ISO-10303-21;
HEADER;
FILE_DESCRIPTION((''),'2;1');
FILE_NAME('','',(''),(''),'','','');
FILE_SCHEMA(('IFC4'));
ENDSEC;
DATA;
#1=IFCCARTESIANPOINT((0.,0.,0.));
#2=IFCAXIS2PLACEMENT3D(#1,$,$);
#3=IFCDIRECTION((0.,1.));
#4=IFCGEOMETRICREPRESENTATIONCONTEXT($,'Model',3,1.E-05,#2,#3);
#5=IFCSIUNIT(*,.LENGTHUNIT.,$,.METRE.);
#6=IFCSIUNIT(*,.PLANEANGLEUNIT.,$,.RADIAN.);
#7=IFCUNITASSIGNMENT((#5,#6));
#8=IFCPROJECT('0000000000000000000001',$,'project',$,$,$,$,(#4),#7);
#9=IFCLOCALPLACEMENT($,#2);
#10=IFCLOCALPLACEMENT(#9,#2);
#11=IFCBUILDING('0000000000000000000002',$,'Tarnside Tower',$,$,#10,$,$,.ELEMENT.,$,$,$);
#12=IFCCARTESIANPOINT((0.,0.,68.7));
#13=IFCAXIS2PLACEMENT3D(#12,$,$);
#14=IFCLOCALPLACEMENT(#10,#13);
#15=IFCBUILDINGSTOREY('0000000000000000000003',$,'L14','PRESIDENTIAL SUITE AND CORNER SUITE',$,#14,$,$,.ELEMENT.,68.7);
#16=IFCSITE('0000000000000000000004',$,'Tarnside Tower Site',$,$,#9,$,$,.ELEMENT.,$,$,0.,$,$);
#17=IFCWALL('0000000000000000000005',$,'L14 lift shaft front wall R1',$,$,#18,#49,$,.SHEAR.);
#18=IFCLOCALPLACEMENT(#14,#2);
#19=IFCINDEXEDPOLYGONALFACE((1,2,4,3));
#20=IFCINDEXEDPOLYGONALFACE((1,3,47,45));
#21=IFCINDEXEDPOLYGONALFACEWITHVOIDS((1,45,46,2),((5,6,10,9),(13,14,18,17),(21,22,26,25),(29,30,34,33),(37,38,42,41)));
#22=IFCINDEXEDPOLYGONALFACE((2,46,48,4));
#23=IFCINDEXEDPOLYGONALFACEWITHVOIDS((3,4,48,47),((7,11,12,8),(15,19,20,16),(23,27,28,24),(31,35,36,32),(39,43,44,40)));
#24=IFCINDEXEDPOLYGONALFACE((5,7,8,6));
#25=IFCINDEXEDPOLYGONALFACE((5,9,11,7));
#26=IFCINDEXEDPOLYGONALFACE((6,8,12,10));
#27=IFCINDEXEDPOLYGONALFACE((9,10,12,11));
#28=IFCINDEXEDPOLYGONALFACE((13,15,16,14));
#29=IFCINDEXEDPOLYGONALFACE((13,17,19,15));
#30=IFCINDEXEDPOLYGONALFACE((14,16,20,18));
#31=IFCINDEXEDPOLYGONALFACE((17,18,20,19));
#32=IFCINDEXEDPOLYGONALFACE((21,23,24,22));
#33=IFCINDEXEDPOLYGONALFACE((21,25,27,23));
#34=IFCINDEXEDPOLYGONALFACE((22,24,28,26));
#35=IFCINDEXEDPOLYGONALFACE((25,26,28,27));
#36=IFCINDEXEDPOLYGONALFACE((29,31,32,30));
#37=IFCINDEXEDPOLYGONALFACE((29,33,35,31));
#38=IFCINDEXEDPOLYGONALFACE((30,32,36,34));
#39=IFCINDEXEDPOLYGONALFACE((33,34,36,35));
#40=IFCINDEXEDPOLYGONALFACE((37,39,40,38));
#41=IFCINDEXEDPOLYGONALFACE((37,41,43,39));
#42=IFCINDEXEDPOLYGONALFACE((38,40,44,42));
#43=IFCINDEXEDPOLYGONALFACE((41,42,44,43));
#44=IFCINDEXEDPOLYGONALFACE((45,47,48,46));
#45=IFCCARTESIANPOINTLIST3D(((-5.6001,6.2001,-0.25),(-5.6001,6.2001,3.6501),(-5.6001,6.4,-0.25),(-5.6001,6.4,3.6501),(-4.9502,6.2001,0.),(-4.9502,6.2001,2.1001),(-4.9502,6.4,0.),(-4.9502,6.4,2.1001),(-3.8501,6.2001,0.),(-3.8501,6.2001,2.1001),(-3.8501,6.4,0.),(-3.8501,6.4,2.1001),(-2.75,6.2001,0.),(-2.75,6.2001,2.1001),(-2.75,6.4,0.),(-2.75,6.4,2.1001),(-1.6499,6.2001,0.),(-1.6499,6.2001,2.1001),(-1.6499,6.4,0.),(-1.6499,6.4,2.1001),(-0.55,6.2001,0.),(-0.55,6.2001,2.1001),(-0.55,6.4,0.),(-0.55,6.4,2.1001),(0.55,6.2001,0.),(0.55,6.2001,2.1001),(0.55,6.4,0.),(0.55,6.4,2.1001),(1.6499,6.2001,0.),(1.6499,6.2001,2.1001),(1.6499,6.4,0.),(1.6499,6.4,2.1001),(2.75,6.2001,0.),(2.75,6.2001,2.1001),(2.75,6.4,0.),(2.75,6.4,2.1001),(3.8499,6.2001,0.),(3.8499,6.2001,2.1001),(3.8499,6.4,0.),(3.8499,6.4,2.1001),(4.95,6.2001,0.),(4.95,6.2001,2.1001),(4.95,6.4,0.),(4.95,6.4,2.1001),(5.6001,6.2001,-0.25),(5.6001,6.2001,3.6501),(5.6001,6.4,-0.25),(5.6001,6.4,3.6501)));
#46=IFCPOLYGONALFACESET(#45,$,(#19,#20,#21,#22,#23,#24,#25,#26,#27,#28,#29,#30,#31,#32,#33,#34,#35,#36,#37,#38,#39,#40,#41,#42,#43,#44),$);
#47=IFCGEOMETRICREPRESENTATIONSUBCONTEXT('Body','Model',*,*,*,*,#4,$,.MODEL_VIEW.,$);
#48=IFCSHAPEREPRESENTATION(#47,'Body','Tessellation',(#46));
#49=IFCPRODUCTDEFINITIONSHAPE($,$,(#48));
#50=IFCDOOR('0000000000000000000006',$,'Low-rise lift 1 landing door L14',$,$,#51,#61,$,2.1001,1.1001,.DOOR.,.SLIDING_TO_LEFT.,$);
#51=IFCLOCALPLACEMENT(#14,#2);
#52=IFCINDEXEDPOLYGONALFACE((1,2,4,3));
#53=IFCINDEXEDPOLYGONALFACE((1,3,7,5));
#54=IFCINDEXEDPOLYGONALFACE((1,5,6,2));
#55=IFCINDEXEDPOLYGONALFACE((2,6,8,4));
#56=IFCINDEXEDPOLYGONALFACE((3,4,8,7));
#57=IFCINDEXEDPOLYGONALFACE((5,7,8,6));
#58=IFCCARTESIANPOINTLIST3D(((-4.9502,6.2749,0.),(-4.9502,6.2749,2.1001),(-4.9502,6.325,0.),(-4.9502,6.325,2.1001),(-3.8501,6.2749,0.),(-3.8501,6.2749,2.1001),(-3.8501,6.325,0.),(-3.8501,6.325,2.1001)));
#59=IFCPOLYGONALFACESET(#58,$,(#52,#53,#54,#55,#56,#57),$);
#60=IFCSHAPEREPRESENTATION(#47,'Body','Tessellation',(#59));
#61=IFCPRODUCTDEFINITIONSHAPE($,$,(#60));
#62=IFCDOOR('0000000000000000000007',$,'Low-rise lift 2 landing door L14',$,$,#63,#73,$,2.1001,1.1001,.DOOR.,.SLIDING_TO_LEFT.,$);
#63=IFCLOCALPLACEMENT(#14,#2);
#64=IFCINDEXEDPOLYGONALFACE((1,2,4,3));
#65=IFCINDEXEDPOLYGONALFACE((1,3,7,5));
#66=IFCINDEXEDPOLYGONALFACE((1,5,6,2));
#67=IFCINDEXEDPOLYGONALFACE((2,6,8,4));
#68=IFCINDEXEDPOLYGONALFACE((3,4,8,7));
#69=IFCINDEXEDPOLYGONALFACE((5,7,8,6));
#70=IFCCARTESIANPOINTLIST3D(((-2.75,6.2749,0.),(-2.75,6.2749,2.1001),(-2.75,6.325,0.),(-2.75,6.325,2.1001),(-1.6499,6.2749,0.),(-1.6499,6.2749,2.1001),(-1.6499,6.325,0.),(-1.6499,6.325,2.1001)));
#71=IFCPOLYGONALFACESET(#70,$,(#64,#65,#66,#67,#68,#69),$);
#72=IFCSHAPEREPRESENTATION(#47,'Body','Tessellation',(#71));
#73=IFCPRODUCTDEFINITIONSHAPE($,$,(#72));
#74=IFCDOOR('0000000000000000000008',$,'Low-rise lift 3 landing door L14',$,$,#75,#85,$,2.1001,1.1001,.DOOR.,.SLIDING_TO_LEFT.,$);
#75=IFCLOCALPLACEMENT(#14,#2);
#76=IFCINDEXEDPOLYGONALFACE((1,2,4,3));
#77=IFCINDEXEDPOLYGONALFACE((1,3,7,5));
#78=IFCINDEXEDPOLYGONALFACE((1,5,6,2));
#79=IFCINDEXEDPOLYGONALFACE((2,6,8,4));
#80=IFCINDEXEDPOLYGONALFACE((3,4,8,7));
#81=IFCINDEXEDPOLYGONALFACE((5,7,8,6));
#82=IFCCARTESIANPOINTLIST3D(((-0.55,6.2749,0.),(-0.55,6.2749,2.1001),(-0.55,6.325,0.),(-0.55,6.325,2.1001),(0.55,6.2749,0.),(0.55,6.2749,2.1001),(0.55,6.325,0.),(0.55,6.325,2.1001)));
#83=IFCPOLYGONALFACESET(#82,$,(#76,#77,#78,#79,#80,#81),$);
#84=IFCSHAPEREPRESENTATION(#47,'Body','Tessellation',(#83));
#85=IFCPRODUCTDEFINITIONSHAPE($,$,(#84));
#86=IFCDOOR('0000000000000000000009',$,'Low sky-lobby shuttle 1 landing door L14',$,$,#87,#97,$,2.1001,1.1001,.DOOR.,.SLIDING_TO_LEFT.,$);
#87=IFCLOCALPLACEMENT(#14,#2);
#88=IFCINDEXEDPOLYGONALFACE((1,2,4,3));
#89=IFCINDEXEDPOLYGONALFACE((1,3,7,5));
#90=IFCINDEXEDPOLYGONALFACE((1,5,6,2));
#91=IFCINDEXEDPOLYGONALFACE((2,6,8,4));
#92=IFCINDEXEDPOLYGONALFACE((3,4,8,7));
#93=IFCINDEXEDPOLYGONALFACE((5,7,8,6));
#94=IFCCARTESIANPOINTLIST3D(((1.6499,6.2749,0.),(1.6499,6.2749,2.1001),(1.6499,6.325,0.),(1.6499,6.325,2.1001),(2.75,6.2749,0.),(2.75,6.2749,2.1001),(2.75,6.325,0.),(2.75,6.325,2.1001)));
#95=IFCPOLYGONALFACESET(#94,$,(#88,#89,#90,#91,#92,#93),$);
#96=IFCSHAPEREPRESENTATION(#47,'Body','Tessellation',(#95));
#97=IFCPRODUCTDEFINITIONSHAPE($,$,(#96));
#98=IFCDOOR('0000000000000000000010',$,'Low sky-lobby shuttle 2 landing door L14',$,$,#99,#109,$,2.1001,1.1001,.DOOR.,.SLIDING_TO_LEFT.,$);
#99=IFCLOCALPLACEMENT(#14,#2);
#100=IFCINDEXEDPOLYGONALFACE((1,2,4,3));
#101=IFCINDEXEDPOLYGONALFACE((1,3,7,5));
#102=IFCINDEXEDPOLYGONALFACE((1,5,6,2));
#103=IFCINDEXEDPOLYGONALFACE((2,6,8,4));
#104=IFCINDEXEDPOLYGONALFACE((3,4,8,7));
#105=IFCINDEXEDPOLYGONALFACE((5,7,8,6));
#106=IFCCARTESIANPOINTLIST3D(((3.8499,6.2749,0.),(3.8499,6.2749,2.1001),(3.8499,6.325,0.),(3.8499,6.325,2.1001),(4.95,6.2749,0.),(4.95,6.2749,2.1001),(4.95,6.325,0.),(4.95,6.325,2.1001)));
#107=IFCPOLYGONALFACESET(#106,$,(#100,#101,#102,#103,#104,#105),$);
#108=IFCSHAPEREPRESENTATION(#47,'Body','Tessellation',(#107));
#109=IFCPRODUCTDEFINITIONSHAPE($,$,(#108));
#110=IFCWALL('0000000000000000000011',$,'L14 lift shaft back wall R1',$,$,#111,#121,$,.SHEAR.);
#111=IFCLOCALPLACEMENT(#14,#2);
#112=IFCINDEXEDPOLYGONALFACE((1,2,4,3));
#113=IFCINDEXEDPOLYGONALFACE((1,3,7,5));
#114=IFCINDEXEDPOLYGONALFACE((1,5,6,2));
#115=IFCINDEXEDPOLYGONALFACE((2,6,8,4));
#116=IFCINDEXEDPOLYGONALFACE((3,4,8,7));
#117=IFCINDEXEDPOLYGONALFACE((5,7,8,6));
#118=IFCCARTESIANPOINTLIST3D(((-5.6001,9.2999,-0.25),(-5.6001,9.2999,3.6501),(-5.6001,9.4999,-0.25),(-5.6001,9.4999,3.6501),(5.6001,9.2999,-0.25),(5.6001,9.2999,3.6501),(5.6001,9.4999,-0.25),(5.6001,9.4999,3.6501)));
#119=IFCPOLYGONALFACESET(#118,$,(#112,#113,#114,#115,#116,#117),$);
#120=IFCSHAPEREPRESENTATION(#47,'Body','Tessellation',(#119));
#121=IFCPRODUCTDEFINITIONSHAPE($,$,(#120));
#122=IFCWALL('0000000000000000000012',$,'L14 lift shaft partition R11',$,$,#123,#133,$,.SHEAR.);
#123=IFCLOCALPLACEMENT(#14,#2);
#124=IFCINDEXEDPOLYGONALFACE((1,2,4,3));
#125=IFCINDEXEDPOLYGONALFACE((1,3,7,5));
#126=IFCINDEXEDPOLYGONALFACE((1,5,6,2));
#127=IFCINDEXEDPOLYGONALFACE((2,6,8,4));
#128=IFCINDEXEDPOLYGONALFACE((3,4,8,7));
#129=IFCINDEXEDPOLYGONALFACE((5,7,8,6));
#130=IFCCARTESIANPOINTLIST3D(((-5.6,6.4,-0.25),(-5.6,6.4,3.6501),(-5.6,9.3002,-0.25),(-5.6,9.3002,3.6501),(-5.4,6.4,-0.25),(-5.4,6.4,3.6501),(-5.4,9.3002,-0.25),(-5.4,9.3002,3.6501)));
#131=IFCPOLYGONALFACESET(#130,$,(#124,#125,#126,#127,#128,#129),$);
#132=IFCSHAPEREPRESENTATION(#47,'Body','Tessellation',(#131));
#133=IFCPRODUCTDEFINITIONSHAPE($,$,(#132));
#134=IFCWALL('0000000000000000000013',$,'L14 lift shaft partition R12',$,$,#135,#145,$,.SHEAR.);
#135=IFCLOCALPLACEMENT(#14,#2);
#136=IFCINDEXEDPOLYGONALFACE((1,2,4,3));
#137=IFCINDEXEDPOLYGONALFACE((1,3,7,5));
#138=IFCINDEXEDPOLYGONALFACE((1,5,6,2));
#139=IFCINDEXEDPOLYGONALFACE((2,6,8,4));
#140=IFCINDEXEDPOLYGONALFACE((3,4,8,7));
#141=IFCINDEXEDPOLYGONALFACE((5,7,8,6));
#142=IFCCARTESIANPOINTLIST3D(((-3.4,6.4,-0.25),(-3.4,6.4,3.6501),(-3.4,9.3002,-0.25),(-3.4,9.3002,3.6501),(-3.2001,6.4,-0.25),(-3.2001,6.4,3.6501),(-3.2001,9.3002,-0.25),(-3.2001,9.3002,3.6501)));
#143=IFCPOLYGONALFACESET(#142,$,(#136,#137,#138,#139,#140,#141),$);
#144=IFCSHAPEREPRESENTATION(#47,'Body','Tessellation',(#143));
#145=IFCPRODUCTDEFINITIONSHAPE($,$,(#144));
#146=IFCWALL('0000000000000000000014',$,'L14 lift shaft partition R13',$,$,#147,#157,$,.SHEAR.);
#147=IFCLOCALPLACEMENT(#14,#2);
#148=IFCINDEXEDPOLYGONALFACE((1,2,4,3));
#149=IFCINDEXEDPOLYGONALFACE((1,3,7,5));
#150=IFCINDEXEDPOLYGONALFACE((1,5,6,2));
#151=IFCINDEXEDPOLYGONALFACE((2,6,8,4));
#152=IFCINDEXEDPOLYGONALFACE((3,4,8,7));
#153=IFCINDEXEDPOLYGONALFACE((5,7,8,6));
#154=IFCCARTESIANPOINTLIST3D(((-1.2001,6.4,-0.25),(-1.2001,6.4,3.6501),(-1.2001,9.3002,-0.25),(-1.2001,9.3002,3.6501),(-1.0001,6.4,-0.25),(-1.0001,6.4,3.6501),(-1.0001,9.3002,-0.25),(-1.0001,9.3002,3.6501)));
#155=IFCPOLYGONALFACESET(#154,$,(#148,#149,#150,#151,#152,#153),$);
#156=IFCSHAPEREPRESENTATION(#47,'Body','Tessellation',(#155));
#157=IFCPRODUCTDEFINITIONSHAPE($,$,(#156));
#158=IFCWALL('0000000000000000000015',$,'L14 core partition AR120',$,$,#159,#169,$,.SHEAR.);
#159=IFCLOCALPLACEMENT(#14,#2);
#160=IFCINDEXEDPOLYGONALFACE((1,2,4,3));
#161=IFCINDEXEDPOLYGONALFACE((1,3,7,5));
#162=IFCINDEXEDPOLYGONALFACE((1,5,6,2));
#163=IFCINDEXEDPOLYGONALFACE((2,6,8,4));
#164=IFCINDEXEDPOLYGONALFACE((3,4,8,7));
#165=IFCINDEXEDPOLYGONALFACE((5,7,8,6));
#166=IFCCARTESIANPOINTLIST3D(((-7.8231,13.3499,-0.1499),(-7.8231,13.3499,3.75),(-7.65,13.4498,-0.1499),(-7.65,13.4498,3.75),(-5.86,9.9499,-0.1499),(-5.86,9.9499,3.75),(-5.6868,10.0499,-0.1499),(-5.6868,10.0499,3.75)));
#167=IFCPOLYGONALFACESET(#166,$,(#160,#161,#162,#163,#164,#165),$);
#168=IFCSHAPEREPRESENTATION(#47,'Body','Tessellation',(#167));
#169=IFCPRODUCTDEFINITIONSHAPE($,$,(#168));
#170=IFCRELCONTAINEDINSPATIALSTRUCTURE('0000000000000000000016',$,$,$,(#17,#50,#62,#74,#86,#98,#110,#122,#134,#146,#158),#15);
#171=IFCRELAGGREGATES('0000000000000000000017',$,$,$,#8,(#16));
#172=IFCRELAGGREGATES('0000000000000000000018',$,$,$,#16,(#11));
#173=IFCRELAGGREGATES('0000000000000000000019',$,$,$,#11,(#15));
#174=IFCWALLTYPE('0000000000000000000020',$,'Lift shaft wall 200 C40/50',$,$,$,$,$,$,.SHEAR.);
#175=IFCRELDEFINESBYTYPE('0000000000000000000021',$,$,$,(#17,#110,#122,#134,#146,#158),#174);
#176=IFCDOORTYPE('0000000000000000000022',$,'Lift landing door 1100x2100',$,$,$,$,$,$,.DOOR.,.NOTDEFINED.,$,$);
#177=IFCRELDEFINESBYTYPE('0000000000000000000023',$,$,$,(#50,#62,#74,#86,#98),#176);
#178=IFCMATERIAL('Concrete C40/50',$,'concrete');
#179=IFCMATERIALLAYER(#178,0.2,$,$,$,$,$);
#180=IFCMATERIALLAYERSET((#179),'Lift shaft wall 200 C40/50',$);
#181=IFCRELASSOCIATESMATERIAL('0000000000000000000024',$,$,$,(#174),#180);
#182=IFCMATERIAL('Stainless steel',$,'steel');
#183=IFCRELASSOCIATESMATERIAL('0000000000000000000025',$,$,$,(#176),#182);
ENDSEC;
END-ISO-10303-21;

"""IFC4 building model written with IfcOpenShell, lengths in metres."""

from ifc_helpers import new_model, si_unit, direction, frame, frame_2d, origin, place, context, subcontext, project, spatial, rectangle, extrude, material, layer, layer_set, type_object, element, fill, save


model = new_model("IFC4")

# Units and contexts
model_context = context("Model", 3, precision=1e-05, world=origin(), true_north=direction((0.0, 1.0)))
body_context = subcontext(model_context, "Body", "Model", "MODEL_VIEW")
ifc_project = project(units=[si_unit("LENGTHUNIT", "METRE"), si_unit("PLANEANGLEUNIT", "RADIAN")], contexts=[model_context])

# Site, building, storey
site_placement = place(None, origin())
site = spatial("IfcSite", under=ifc_project, at=site_placement, Name="Tarnside Tower Site", CompositionType="ELEMENT", RefElevation=0.0)
building_placement = place(site_placement, origin())
building = spatial("IfcBuilding", under=site, at=building_placement, Name="Tarnside Tower", CompositionType="ELEMENT")
storey_placement = place(building_placement, frame((0.0, 0.0, 68.7)))
storey = spatial("IfcBuildingStorey", under=building, at=storey_placement, Name="L14", Description="PRESIDENTIAL SUITE AND CORNER SUITE", CompositionType="ELEMENT", Elevation=68.7)

# Shared definitions
ifc_material_1 = material(Name="Concrete C40/50", Category="concrete")

# Wall, openings, doors
ifc_layer_1 = layer(ifc_material_1, 0.2)
ifc_layer_set_1 = layer_set([ifc_layer_1], Name="Lift shaft wall 200 C40/50")
wall_type_1 = type_object("IfcWallType", Name="Lift shaft wall 200 C40/50", PredefinedType="SHEAR", material=ifc_layer_set_1)
wall_1_placement = place(storey_placement, frame((-5.6001, 6.3, -0.25), z_axis=(0.0, 0.0, 1.0), x_axis=(1.0, 0.0, 0.0)))
wall_1 = element("IfcWall", 1, at=wall_1_placement, inside=storey, type_object=wall_type_1, Name="L14 lift shaft front wall R1", PredefinedType="SHEAR", context=body_context, shape_type="SweptSolid", body=[
    extrude(rectangle(XDim=11.2002, YDim=0.2, at=frame_2d((5.6001, 0.0))), origin(), (0.0, 0.0, 1.0), 3.9001),
])
opening_1_placement = place(wall_1_placement, frame((0.6499, 0.0, 0.25)))
opening_1 = element("IfcOpeningElement", 2, at=opening_1_placement, cuts=wall_1, PredefinedType="OPENING", context=body_context, shape_type="SweptSolid", body=[
    extrude(rectangle(XDim=1.1001, YDim=2.1001, at=frame_2d((0.55, 1.05))), frame((0.0, 0.1099, 0.0), z_axis=(0.0, -1.0, 0.0), x_axis=(1.0, 0.0, 0.0)), (0.0, 0.0, 1.0), 0.22),
])
opening_2_placement = place(wall_1_placement, frame((2.8501, 0.0, 0.25)))
opening_2 = element("IfcOpeningElement", 3, at=opening_2_placement, cuts=wall_1, PredefinedType="OPENING", context=body_context, shape_type="SweptSolid", body=[
    extrude(rectangle(XDim=1.1001, YDim=2.1001, at=frame_2d((0.55, 1.05))), frame((0.0, 0.1099, 0.0), z_axis=(0.0, -1.0, 0.0), x_axis=(1.0, 0.0, 0.0)), (0.0, 0.0, 1.0), 0.22),
])
opening_3_placement = place(wall_1_placement, frame((5.05, 0.0, 0.25)))
opening_3 = element("IfcOpeningElement", 4, at=opening_3_placement, cuts=wall_1, PredefinedType="OPENING", context=body_context, shape_type="SweptSolid", body=[
    extrude(rectangle(XDim=1.1001, YDim=2.1001, at=frame_2d((0.55, 1.05))), frame((0.0, 0.1099, 0.0), z_axis=(0.0, -1.0, 0.0), x_axis=(1.0, 0.0, 0.0)), (0.0, 0.0, 1.0), 0.22),
])
opening_4_placement = place(wall_1_placement, frame((7.25, 0.0, 0.25)))
opening_4 = element("IfcOpeningElement", 5, at=opening_4_placement, cuts=wall_1, PredefinedType="OPENING", context=body_context, shape_type="SweptSolid", body=[
    extrude(rectangle(XDim=1.1001, YDim=2.1001, at=frame_2d((0.55, 1.05))), frame((0.0, 0.1099, 0.0), z_axis=(0.0, -1.0, 0.0), x_axis=(1.0, 0.0, 0.0)), (0.0, 0.0, 1.0), 0.22),
])
opening_5_placement = place(wall_1_placement, frame((9.45, 0.0, 0.25)))
opening_5 = element("IfcOpeningElement", 6, at=opening_5_placement, cuts=wall_1, PredefinedType="OPENING", context=body_context, shape_type="SweptSolid", body=[
    extrude(rectangle(XDim=1.1001, YDim=2.1001, at=frame_2d((0.55, 1.05))), frame((0.0, 0.1099, 0.0), z_axis=(0.0, -1.0, 0.0), x_axis=(1.0, 0.0, 0.0)), (0.0, 0.0, 1.0), 0.22),
])
ifc_material_2 = material(Name="Stainless steel", Category="steel")
door_type_1 = type_object("IfcDoorType", Name="Lift landing door 1100x2100", OperationType="NOTDEFINED", PredefinedType="DOOR", material=ifc_material_2)
door_1_placement = place(opening_1_placement, origin())
door_1 = element("IfcDoor", 7, at=door_1_placement, inside=storey, type_object=door_type_1, Name="Low-rise lift 1 landing door L14", OperationType="SLIDING_TO_LEFT", OverallHeight=2.1001, OverallWidth=1.1001, PredefinedType="DOOR", context=body_context, shape_type="SweptSolid", body=[
    extrude(rectangle(XDim=1.1001, YDim=2.1001, at=frame_2d((0.55, 1.05))), frame((0.0, 0.0249, 0.0), z_axis=(0.0, -1.0, 0.0), x_axis=(1.0, 0.0, 0.0)), (0.0, 0.0, 1.0), 0.05),
])
fill(opening_1, door_1)
door_2_placement = place(opening_2_placement, origin())
door_2 = element("IfcDoor", 8, at=door_2_placement, inside=storey, type_object=door_type_1, Name="Low-rise lift 2 landing door L14", OperationType="SLIDING_TO_LEFT", OverallHeight=2.1001, OverallWidth=1.1001, PredefinedType="DOOR", context=body_context, shape_type="SweptSolid", body=[
    extrude(rectangle(XDim=1.1001, YDim=2.1001, at=frame_2d((0.55, 1.05))), frame((0.0, 0.0249, 0.0), z_axis=(0.0, -1.0, 0.0), x_axis=(1.0, 0.0, 0.0)), (0.0, 0.0, 1.0), 0.05),
])
fill(opening_2, door_2)
door_3_placement = place(opening_3_placement, origin())
door_3 = element("IfcDoor", 9, at=door_3_placement, inside=storey, type_object=door_type_1, Name="Low-rise lift 3 landing door L14", OperationType="SLIDING_TO_LEFT", OverallHeight=2.1001, OverallWidth=1.1001, PredefinedType="DOOR", context=body_context, shape_type="SweptSolid", body=[
    extrude(rectangle(XDim=1.1001, YDim=2.1001, at=frame_2d((0.55, 1.05))), frame((0.0, 0.0249, 0.0), z_axis=(0.0, -1.0, 0.0), x_axis=(1.0, 0.0, 0.0)), (0.0, 0.0, 1.0), 0.05),
])
fill(opening_3, door_3)
door_4_placement = place(opening_4_placement, origin())
door_4 = element("IfcDoor", 10, at=door_4_placement, inside=storey, type_object=door_type_1, Name="Low sky-lobby shuttle 1 landing door L14", OperationType="SLIDING_TO_LEFT", OverallHeight=2.1001, OverallWidth=1.1001, PredefinedType="DOOR", context=body_context, shape_type="SweptSolid", body=[
    extrude(rectangle(XDim=1.1001, YDim=2.1001, at=frame_2d((0.55, 1.05))), frame((0.0, 0.0249, 0.0), z_axis=(0.0, -1.0, 0.0), x_axis=(1.0, 0.0, 0.0)), (0.0, 0.0, 1.0), 0.05),
])
fill(opening_4, door_4)
door_5_placement = place(opening_5_placement, origin())
door_5 = element("IfcDoor", 11, at=door_5_placement, inside=storey, type_object=door_type_1, Name="Low sky-lobby shuttle 2 landing door L14", OperationType="SLIDING_TO_LEFT", OverallHeight=2.1001, OverallWidth=1.1001, PredefinedType="DOOR", context=body_context, shape_type="SweptSolid", body=[
    extrude(rectangle(XDim=1.1001, YDim=2.1001, at=frame_2d((0.55, 1.05))), frame((0.0, 0.0249, 0.0), z_axis=(0.0, -1.0, 0.0), x_axis=(1.0, 0.0, 0.0)), (0.0, 0.0, 1.0), 0.05),
])
fill(opening_5, door_5)

# Walls
wall_2_placement = place(storey_placement, frame((-5.6001, 9.3999, -0.25), z_axis=(0.0, 0.0, 1.0), x_axis=(1.0, 0.0, 0.0)))
element("IfcWall", 12, at=wall_2_placement, inside=storey, type_object=wall_type_1, Name="L14 lift shaft back wall R1", PredefinedType="SHEAR", context=body_context, shape_type="SweptSolid", body=[
    extrude(rectangle(XDim=11.2002, YDim=0.2, at=frame_2d((5.6001, 0.0))), origin(), (0.0, 0.0, 1.0), 3.9001),
])
for number, where, z_axis, x_axis, name in (
    (13, (-5.5, 6.3999, -0.25), (0.0, 0.0, 1.0), (0.0, 1.0, 0.0), "L14 lift shaft partition R11"),
    (14, (-3.3, 6.3999, -0.25), (0.0, 0.0, 1.0), (0.0, 1.0, 0.0), "L14 lift shaft partition R12"),
    (15, (-1.1001, 6.3999, -0.25), (0.0, 0.0, 1.0), (0.0, 1.0, 0.0), "L14 lift shaft partition R13"),
):
    element("IfcWall", number, at=place(storey_placement, frame(where, z_axis=z_axis, x_axis=x_axis)), inside=storey, type_object=wall_type_1, Name=name, PredefinedType="SHEAR", context=body_context, shape_type="SweptSolid", body=[
        extrude(rectangle(XDim=2.9001, YDim=0.2, at=frame_2d((1.4502, 0.0))), origin(), (0.0, 0.0, 1.0), 3.9001),
    ])
wall_3_placement = place(storey_placement, frame((-5.7734, 10.0, -0.1499), z_axis=(0.0, 0.0, 1.0), x_axis=(-0.500038, 0.866003, 0.0)))
element("IfcWall", 16, at=wall_3_placement, inside=storey, type_object=wall_type_1, Name="L14 core partition AR120", PredefinedType="SHEAR", context=body_context, shape_type="SweptSolid", body=[
    extrude(rectangle(XDim=3.926, YDim=0.2, at=frame_2d((1.9629, 0.0))), origin(), (0.0, 0.0, 1.0), 3.8999),
])

save(model, "model.ifc")
